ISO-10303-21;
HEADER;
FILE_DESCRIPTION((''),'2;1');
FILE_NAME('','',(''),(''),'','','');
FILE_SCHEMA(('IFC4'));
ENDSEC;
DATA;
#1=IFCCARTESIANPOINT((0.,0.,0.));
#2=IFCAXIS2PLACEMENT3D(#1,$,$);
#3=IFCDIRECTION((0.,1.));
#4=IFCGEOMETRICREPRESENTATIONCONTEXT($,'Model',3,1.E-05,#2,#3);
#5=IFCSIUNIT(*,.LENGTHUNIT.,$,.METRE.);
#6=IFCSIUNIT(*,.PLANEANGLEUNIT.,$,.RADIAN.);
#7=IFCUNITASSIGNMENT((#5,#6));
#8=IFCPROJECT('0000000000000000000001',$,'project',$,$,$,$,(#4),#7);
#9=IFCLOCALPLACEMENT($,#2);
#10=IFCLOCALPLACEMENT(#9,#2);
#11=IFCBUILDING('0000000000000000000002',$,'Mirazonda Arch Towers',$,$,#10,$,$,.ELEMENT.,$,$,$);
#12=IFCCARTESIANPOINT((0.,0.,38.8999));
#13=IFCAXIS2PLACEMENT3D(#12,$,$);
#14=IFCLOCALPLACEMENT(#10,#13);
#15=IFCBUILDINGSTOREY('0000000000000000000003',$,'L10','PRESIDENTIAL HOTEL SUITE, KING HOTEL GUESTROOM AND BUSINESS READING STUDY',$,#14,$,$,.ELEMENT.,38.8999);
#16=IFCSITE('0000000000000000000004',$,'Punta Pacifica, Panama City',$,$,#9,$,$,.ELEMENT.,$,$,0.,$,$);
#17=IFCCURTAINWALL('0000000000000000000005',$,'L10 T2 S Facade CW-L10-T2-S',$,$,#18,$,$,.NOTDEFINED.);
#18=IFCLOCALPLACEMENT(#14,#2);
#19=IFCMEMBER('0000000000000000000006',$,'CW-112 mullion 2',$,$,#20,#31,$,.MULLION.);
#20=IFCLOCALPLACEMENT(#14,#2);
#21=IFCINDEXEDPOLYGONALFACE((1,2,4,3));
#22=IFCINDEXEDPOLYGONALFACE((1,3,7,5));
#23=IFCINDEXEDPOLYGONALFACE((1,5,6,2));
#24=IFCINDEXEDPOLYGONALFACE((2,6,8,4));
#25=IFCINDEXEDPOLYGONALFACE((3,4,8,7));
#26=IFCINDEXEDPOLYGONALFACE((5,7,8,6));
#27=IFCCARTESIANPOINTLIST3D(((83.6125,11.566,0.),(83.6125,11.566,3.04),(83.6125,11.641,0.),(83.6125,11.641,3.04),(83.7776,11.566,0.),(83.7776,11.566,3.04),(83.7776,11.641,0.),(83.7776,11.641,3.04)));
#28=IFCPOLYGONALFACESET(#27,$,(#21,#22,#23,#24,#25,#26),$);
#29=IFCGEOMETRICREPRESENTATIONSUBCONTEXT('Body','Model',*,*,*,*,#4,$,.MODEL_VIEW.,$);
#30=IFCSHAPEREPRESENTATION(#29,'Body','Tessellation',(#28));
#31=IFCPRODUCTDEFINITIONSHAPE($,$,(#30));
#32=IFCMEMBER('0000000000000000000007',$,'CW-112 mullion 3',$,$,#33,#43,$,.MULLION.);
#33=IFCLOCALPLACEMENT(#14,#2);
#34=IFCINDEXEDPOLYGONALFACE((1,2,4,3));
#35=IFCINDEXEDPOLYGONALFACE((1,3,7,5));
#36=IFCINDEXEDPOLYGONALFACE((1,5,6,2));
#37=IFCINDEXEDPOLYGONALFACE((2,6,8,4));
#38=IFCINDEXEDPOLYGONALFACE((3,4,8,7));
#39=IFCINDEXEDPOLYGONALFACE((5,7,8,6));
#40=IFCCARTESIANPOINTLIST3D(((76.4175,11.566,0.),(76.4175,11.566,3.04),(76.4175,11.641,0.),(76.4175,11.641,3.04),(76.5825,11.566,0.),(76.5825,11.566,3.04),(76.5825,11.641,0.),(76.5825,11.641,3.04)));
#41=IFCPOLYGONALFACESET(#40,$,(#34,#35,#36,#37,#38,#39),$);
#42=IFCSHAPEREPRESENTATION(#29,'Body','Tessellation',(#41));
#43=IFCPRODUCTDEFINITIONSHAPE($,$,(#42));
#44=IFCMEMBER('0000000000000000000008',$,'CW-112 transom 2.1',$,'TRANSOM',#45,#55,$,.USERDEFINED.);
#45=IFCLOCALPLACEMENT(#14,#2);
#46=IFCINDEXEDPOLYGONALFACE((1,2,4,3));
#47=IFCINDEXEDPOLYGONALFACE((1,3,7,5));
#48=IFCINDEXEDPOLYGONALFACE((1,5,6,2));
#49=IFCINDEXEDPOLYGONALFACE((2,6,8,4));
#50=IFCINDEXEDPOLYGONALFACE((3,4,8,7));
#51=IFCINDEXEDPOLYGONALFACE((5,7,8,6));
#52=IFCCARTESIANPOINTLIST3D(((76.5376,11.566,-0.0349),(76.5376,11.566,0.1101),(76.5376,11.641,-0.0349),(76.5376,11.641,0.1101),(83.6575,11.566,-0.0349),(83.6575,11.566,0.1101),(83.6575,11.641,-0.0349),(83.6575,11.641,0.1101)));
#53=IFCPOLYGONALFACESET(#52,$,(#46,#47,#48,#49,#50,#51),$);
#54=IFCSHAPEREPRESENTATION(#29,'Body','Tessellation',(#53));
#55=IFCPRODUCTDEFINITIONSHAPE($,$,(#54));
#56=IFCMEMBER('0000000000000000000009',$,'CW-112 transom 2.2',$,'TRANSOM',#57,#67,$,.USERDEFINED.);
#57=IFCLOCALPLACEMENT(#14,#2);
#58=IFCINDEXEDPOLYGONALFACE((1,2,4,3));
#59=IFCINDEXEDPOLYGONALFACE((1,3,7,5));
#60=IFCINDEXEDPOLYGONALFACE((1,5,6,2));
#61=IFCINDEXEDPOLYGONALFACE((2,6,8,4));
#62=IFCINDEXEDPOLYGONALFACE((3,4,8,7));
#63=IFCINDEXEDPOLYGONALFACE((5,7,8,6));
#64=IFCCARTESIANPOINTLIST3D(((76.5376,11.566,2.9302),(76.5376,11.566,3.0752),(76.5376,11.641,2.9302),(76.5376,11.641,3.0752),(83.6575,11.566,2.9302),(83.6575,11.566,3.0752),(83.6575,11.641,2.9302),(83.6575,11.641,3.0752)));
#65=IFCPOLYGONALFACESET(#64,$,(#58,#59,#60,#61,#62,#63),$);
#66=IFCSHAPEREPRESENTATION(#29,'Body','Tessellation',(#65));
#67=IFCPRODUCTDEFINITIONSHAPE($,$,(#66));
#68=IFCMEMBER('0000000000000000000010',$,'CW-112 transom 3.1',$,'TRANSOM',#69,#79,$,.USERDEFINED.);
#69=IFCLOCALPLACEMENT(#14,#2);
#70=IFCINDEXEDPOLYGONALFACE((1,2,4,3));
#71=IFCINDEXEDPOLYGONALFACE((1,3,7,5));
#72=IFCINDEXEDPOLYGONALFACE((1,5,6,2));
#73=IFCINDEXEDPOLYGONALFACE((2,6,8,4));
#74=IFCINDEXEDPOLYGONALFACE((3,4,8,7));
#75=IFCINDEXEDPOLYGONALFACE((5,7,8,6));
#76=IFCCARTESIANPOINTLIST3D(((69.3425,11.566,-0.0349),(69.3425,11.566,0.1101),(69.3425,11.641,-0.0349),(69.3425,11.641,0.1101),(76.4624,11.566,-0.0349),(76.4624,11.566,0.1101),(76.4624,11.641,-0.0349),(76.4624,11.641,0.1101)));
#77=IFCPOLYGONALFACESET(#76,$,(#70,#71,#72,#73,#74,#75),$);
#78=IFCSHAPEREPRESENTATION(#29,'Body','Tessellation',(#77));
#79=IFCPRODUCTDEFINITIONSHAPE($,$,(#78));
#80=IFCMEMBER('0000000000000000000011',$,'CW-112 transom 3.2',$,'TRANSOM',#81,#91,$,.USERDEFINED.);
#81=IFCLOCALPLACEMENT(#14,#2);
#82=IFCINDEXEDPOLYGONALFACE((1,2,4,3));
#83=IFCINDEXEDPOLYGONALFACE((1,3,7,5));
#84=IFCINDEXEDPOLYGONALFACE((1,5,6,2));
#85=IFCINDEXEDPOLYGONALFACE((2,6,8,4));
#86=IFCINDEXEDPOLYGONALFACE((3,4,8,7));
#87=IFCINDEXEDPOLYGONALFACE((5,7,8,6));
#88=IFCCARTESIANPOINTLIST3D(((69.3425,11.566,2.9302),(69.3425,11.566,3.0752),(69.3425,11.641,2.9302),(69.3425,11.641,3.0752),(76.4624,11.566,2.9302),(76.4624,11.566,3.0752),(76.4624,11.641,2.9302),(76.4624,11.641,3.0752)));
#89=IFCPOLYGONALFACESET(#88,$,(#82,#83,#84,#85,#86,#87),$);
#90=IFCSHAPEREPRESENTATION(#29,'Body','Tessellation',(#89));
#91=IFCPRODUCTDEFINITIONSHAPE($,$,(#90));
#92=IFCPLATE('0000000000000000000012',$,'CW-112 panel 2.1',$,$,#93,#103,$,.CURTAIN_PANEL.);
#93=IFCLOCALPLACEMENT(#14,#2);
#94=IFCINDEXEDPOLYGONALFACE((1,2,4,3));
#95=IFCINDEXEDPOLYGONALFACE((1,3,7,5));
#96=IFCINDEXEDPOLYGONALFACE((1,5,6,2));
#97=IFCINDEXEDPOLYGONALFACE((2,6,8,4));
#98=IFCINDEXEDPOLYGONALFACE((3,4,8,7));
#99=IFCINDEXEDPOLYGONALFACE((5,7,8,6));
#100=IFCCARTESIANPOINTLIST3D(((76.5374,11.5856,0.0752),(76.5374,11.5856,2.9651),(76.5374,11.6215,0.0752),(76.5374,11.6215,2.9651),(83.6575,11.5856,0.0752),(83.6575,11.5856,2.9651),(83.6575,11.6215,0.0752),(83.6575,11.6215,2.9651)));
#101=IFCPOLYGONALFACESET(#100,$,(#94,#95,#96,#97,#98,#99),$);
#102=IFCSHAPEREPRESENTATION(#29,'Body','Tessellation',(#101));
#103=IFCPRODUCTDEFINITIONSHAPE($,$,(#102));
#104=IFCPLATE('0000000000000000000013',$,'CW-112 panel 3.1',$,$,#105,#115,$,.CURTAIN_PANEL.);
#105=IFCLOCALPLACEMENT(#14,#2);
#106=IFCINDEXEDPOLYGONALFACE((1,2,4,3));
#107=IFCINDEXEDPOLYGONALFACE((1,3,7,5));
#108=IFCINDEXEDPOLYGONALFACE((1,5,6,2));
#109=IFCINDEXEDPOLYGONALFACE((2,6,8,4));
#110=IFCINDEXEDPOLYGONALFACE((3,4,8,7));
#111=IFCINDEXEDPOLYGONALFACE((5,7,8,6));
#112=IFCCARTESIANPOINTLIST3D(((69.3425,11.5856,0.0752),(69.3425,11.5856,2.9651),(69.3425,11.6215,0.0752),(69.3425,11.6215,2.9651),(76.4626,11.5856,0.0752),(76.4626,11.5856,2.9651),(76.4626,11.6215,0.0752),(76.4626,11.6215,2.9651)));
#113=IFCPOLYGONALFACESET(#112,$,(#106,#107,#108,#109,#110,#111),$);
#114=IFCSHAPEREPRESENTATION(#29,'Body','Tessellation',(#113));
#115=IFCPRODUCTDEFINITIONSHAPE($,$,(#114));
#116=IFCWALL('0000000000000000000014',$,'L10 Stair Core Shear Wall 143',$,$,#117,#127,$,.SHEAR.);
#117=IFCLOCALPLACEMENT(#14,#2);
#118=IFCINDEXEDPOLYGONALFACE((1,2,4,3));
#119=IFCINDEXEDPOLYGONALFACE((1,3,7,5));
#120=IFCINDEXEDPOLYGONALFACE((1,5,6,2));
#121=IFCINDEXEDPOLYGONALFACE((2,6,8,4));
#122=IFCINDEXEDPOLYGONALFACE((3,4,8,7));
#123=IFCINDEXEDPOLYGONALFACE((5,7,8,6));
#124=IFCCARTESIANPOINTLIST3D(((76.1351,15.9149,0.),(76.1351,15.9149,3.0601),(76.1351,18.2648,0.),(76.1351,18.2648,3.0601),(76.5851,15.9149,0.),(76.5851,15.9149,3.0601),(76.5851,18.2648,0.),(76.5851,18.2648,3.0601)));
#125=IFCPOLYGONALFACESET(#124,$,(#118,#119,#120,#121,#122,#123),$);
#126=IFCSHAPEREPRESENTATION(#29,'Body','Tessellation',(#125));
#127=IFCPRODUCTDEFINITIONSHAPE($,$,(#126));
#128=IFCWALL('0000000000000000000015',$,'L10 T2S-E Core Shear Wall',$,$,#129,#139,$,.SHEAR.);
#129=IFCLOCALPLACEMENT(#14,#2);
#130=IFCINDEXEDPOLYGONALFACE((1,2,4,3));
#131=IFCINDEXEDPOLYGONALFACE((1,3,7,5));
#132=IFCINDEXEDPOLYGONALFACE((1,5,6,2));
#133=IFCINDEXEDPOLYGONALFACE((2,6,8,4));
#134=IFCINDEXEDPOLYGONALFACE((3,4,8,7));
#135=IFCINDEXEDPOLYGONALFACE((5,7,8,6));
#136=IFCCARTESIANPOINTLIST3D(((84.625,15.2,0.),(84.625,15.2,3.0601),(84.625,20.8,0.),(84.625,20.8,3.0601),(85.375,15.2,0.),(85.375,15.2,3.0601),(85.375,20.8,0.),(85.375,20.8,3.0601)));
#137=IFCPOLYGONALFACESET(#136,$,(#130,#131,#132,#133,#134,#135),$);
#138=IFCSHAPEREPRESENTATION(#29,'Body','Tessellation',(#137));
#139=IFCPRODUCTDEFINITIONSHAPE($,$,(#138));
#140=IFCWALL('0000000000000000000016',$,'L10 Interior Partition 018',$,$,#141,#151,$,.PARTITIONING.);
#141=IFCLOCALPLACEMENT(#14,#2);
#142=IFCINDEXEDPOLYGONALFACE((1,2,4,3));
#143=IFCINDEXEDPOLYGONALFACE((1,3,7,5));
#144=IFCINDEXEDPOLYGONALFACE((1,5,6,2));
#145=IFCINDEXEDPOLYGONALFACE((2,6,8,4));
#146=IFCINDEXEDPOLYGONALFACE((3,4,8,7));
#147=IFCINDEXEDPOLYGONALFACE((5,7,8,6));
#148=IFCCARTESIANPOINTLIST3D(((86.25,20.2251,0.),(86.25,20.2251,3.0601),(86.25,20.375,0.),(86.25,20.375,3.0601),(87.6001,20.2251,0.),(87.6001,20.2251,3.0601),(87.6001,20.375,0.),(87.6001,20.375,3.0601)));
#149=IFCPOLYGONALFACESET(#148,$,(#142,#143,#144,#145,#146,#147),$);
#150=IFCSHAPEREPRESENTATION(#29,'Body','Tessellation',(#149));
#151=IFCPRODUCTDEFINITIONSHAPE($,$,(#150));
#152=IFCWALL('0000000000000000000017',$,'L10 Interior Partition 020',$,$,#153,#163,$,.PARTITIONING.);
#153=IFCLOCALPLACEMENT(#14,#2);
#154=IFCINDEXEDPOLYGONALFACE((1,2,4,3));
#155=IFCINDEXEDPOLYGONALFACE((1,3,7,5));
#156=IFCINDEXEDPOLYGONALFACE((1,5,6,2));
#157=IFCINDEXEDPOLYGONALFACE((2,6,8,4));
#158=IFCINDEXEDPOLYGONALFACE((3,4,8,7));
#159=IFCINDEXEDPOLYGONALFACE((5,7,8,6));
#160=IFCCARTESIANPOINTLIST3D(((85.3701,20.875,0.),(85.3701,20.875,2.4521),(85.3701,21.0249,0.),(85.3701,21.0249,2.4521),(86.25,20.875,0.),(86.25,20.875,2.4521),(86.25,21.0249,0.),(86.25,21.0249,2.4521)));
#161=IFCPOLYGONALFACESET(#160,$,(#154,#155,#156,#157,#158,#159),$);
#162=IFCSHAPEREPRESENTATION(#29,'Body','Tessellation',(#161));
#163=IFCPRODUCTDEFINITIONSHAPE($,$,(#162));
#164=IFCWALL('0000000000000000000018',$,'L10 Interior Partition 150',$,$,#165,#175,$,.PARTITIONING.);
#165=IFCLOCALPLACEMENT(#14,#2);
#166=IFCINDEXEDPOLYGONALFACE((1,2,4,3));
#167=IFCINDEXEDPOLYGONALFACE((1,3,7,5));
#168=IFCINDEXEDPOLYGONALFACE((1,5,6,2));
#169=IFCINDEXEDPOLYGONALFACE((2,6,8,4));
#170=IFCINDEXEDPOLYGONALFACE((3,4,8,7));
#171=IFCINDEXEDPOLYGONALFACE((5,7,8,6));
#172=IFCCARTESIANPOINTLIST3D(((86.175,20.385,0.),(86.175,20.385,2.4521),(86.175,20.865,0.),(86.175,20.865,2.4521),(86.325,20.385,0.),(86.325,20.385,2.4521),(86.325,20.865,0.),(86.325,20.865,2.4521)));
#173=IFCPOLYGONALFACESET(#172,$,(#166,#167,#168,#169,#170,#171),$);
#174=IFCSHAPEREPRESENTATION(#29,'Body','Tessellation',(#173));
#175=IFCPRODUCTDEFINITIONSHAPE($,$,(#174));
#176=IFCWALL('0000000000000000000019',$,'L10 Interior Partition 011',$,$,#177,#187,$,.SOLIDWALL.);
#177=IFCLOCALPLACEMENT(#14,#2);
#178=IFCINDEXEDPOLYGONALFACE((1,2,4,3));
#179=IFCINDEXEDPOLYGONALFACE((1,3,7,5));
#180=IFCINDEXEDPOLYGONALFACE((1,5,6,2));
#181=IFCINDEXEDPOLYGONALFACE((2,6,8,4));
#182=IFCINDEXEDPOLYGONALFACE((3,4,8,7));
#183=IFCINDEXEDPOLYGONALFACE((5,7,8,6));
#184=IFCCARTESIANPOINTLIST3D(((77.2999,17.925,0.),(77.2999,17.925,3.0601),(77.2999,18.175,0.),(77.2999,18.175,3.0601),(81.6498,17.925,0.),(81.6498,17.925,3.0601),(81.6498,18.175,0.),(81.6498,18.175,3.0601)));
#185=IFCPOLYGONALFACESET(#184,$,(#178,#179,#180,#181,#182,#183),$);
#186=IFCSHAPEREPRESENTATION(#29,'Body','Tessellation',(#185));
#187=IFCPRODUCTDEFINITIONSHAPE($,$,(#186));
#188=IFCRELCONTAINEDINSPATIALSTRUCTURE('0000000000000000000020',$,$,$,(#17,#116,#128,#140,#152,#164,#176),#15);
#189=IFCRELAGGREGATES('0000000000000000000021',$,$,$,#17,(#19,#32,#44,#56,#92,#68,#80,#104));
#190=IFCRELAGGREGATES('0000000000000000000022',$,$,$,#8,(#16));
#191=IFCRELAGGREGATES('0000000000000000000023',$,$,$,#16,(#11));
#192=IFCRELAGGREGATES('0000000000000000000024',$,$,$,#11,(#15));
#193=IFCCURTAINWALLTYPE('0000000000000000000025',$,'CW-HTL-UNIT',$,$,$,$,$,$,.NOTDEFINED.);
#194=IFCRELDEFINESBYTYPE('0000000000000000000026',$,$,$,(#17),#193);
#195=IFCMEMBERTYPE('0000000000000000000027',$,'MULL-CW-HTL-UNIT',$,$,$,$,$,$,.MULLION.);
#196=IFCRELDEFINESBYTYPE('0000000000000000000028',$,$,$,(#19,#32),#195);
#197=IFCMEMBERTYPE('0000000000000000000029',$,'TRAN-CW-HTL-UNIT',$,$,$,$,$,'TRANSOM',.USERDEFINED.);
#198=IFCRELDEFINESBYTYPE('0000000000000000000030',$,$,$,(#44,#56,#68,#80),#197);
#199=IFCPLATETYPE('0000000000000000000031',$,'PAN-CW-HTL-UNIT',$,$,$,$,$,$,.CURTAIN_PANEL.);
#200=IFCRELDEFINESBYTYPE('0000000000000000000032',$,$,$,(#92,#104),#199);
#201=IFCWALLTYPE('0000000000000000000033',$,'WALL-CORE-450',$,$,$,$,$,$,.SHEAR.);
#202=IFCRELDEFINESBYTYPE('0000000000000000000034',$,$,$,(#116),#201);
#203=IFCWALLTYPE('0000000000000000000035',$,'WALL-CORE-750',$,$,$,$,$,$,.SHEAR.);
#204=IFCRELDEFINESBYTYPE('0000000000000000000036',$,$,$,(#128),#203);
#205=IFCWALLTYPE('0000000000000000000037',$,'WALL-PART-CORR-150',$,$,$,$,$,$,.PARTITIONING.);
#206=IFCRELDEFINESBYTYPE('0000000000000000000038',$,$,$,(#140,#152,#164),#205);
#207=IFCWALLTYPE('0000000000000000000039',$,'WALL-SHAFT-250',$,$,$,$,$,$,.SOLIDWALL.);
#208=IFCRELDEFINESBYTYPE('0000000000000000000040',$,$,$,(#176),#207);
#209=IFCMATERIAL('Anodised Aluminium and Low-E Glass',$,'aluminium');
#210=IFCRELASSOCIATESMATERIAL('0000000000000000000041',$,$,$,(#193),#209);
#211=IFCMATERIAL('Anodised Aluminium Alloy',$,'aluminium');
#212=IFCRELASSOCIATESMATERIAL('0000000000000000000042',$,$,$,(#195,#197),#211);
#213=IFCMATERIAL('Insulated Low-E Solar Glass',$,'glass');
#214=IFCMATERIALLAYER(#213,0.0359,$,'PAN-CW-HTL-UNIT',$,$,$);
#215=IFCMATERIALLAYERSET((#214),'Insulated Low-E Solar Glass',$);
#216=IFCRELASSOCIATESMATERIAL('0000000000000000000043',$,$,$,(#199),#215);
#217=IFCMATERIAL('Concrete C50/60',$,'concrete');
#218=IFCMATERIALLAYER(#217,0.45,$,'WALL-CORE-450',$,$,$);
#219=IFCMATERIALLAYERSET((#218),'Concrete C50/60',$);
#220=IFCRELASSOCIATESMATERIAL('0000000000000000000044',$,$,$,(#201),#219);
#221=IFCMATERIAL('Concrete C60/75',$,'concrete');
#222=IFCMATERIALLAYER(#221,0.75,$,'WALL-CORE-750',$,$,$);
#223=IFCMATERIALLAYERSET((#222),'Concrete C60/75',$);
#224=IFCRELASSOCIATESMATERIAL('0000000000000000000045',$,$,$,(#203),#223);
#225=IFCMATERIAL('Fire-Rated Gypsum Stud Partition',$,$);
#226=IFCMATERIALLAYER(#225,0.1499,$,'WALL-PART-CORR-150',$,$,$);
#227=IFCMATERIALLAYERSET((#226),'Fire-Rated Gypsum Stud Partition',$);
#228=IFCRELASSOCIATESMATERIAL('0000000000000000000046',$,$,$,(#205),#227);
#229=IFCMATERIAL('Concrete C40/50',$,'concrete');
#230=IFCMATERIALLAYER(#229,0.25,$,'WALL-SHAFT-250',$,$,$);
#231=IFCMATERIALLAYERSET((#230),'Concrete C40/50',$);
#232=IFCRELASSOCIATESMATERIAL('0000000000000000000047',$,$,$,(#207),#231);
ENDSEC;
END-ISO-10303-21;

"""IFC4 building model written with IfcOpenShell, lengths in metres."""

from ifc_helpers import new_model, si_unit, direction, frame, frame_2d, origin, origin_2d, place, context, subcontext, project, spatial, rectangle, extrude, material, layer, layer_set, material_profile, profile_set, type_object, element, aggregate, save


model = new_model("IFC4")

# Units and contexts
model_context = context("Model", 3, precision=1e-05, world=origin(), true_north=direction((0.0, 1.0)))
body_context = subcontext(model_context, "Body", "Model", "MODEL_VIEW")
ifc_project = project(units=[si_unit("LENGTHUNIT", "METRE"), si_unit("PLANEANGLEUNIT", "RADIAN")], contexts=[model_context])

# Site, building, storey
site_placement = place(None, origin())
site = spatial("IfcSite", under=ifc_project, at=site_placement, Name="Punta Pacifica, Panama City", CompositionType="ELEMENT", RefElevation=0.0)
building_placement = place(site_placement, origin())
building = spatial("IfcBuilding", under=site, at=building_placement, Name="Mirazonda Arch Towers", CompositionType="ELEMENT")
storey_placement = place(building_placement, frame((0.0, 0.0, 38.8999)))
storey = spatial("IfcBuildingStorey", under=building, at=storey_placement, Name="L10", Description="PRESIDENTIAL HOTEL SUITE, KING HOTEL GUESTROOM AND BUSINESS READING STUDY", CompositionType="ELEMENT", Elevation=38.8999)

# Shared definitions
ifc_material_1 = material(Name="Concrete C60/75", Category="concrete")

# Curtain wall, members, plates
ifc_material_2 = material(Name="Anodised Aluminium and Low-E Glass", Category="aluminium")
curtain_wall_type = type_object("IfcCurtainWallType", Name="CW-HTL-UNIT", PredefinedType="NOTDEFINED", material=ifc_material_2)
curtain_wall_placement = place(storey_placement, origin())
curtain_wall = element("IfcCurtainWall", 1, at=curtain_wall_placement, inside=storey, type_object=curtain_wall_type, Name="L10 T2 S Facade CW-L10-T2-S", PredefinedType="NOTDEFINED")
ifc_material_3 = material(Name="Anodised Aluminium Alloy", Category="aluminium")
ifc_material_profile_1 = material_profile(ifc_material_3, rectangle(XDim=0.075, YDim=0.165, at=origin_2d()), Name="ALU-MULL-75x165")
ifc_profile_set_1 = profile_set([ifc_material_profile_1], Name="Anodised Aluminium Alloy")
member_type_1 = type_object("IfcMemberType", Name="MULL-CW-HTL-UNIT", PredefinedType="MULLION", material=ifc_profile_set_1)
member_1_placement = place(storey_placement, frame((83.6951, 11.6035, 0.0), z_axis=(0.0, 0.0, 1.0), x_axis=(0.0, -1.0, 0.0)))
member_1 = element("IfcMember", 2, at=member_1_placement, type_object=member_type_1, Name="CW-112 mullion 2", PredefinedType="MULLION", context=body_context, shape_type="SweptSolid", body=[
    extrude(rectangle(XDim=0.075, YDim=0.165, at=origin_2d()), origin(), (0.0, 0.0, 1.0), 3.04),
])
member_2_placement = place(storey_placement, frame((76.5, 11.6035, 0.0), z_axis=(0.0, 0.0, 1.0), x_axis=(0.0, -1.0, 0.0)))
member_2 = element("IfcMember", 3, at=member_2_placement, type_object=member_type_1, Name="CW-112 mullion 3", PredefinedType="MULLION", context=body_context, shape_type="SweptSolid", body=[
    extrude(rectangle(XDim=0.075, YDim=0.165, at=origin_2d()), origin(), (0.0, 0.0, 1.0), 3.04),
])
ifc_material_profile_2 = material_profile(ifc_material_3, rectangle(XDim=0.075, YDim=0.145, at=origin_2d()), Name="ALU-TRAN-75x145")
ifc_profile_set_2 = profile_set([ifc_material_profile_2], Name="Anodised Aluminium Alloy")
member_type_2 = type_object("IfcMemberType", Name="TRAN-CW-HTL-UNIT", ElementType="TRANSOM", PredefinedType="USERDEFINED", material=ifc_profile_set_2)
member_3_placement = place(storey_placement, frame((83.6575, 11.6035, 0.0376), z_axis=(-1.0, 0.0, 0.0), x_axis=(0.0, -1.0, 0.0)))
member_3 = element("IfcMember", 4, at=member_3_placement, type_object=member_type_2, Name="CW-112 transom 2.1", ObjectType="TRANSOM", PredefinedType="USERDEFINED", context=body_context, shape_type="SweptSolid", body=[
    extrude(rectangle(XDim=0.075, YDim=0.145, at=origin_2d()), origin(), (0.0, 0.0, 1.0), 7.1199),
])
member_4_placement = place(storey_placement, frame((83.6575, 11.6035, 3.0027), z_axis=(-1.0, 0.0, 0.0), x_axis=(0.0, -1.0, 0.0)))
member_4 = element("IfcMember", 5, at=member_4_placement, type_object=member_type_2, Name="CW-112 transom 2.2", ObjectType="TRANSOM", PredefinedType="USERDEFINED", context=body_context, shape_type="SweptSolid", body=[
    extrude(rectangle(XDim=0.075, YDim=0.145, at=origin_2d()), origin(), (0.0, 0.0, 1.0), 7.1199),
])
member_5_placement = place(storey_placement, frame((76.4624, 11.6035, 0.0376), z_axis=(-1.0, 0.0, 0.0), x_axis=(0.0, -1.0, 0.0)))
member_5 = element("IfcMember", 6, at=member_5_placement, type_object=member_type_2, Name="CW-112 transom 3.1", ObjectType="TRANSOM", PredefinedType="USERDEFINED", context=body_context, shape_type="SweptSolid", body=[
    extrude(rectangle(XDim=0.075, YDim=0.145, at=origin_2d()), origin(), (0.0, 0.0, 1.0), 7.1199),
])
member_6_placement = place(storey_placement, frame((76.4624, 11.6035, 3.0027), z_axis=(-1.0, 0.0, 0.0), x_axis=(0.0, -1.0, 0.0)))
member_6 = element("IfcMember", 7, at=member_6_placement, type_object=member_type_2, Name="CW-112 transom 3.2", ObjectType="TRANSOM", PredefinedType="USERDEFINED", context=body_context, shape_type="SweptSolid", body=[
    extrude(rectangle(XDim=0.075, YDim=0.145, at=origin_2d()), origin(), (0.0, 0.0, 1.0), 7.1199),
])
ifc_material_4 = material(Name="Insulated Low-E Solar Glass", Category="glass")
ifc_layer_1 = layer(ifc_material_4, 0.0359, Name="PAN-CW-HTL-UNIT")
ifc_layer_set_1 = layer_set([ifc_layer_1], Name="Insulated Low-E Solar Glass")
plate_type = type_object("IfcPlateType", Name="PAN-CW-HTL-UNIT", PredefinedType="CURTAIN_PANEL", material=ifc_layer_set_1)
plate_1_placement = place(storey_placement, frame((80.0974, 11.6035, 0.0752), z_axis=(0.0, 0.0, 1.0), x_axis=(-1.0, 0.0, 0.0)))
plate_1 = element("IfcPlate", 8, at=plate_1_placement, type_object=plate_type, Name="CW-112 panel 2.1", PredefinedType="CURTAIN_PANEL", context=body_context, shape_type="SweptSolid", body=[
    extrude(rectangle(XDim=7.1201, YDim=0.0359, at=origin_2d()), origin(), (0.0, 0.0, 1.0), 2.8899),
])
plate_2_placement = place(storey_placement, frame((72.9026, 11.6035, 0.0752), z_axis=(0.0, 0.0, 1.0), x_axis=(-1.0, 0.0, 0.0)))
plate_2 = element("IfcPlate", 9, at=plate_2_placement, type_object=plate_type, Name="CW-112 panel 3.1", PredefinedType="CURTAIN_PANEL", context=body_context, shape_type="SweptSolid", body=[
    extrude(rectangle(XDim=7.1201, YDim=0.0359, at=origin_2d()), origin(), (0.0, 0.0, 1.0), 2.8899),
])
aggregate(curtain_wall, [member_1, member_2, member_3, member_4, plate_1, member_5, member_6, plate_2])

# Walls
ifc_material_5 = material(Name="Concrete C50/60", Category="concrete")
ifc_layer_2 = layer(ifc_material_5, 0.45, Name="WALL-CORE-450")
ifc_layer_set_2 = layer_set([ifc_layer_2], Name="Concrete C50/60")
wall_type_1 = type_object("IfcWallType", Name="WALL-CORE-450", PredefinedType="SHEAR", material=ifc_layer_set_2)
wall_1_placement = place(storey_placement, frame((76.3601, 15.915, 0.0), z_axis=(0.0, 0.0, 1.0), x_axis=(0.0, 1.0, 0.0)))
element("IfcWall", 10, at=wall_1_placement, inside=storey, type_object=wall_type_1, Name="L10 Stair Core Shear Wall 143", PredefinedType="SHEAR", context=body_context, shape_type="SweptSolid", body=[
    extrude(rectangle(XDim=2.3499, YDim=0.45, at=frame_2d((1.1748, 0.0))), origin(), (0.0, 0.0, 1.0), 3.0601),
])
ifc_layer_3 = layer(ifc_material_1, 0.75, Name="WALL-CORE-750")
ifc_layer_set_3 = layer_set([ifc_layer_3], Name="Concrete C60/75")
wall_type_2 = type_object("IfcWallType", Name="WALL-CORE-750", PredefinedType="SHEAR", material=ifc_layer_set_3)
wall_2_placement = place(storey_placement, frame((85.0, 15.2, 0.0), z_axis=(0.0, 0.0, 1.0), x_axis=(0.0, 1.0, 0.0)))
element("IfcWall", 11, at=wall_2_placement, inside=storey, type_object=wall_type_2, Name="L10 T2S-E Core Shear Wall", PredefinedType="SHEAR", context=body_context, shape_type="SweptSolid", body=[
    extrude(rectangle(XDim=5.6001, YDim=0.75, at=frame_2d((2.8, 0.0))), origin(), (0.0, 0.0, 1.0), 3.0601),
])
ifc_material_6 = material(Name="Fire-Rated Gypsum Stud Partition")
ifc_layer_4 = layer(ifc_material_6, 0.1499, Name="WALL-PART-CORR-150")
ifc_layer_set_4 = layer_set([ifc_layer_4], Name="Fire-Rated Gypsum Stud Partition")
wall_type_3 = type_object("IfcWallType", Name="WALL-PART-CORR-150", PredefinedType="PARTITIONING", material=ifc_layer_set_4)
wall_3_placement = place(storey_placement, frame((86.25, 20.3, 0.0), z_axis=(0.0, 0.0, 1.0), x_axis=(1.0, 0.0, 0.0)))
element("IfcWall", 12, at=wall_3_placement, inside=storey, type_object=wall_type_3, Name="L10 Interior Partition 018", PredefinedType="PARTITIONING", context=body_context, shape_type="SweptSolid", body=[
    extrude(rectangle(XDim=1.3501, YDim=0.1499, at=frame_2d((0.675, 0.0))), origin(), (0.0, 0.0, 1.0), 3.0601),
])
wall_4_placement = place(storey_placement, frame((85.3701, 20.95, 0.0), z_axis=(0.0, 0.0, 1.0), x_axis=(1.0, 0.0, 0.0)))
element("IfcWall", 13, at=wall_4_placement, inside=storey, type_object=wall_type_3, Name="L10 Interior Partition 020", PredefinedType="PARTITIONING", context=body_context, shape_type="SweptSolid", body=[
    extrude(rectangle(XDim=0.8799, YDim=0.1499, at=frame_2d((0.4399, 0.0))), origin(), (0.0, 0.0, 1.0), 2.4521),
])
wall_5_placement = place(storey_placement, frame((86.25, 20.385, 0.0), z_axis=(0.0, 0.0, 1.0), x_axis=(0.0, 1.0, 0.0)))
element("IfcWall", 14, at=wall_5_placement, inside=storey, type_object=wall_type_3, Name="L10 Interior Partition 150", PredefinedType="PARTITIONING", context=body_context, shape_type="SweptSolid", body=[
    extrude(rectangle(XDim=0.48, YDim=0.1499, at=frame_2d((0.24, 0.0))), origin(), (0.0, 0.0, 1.0), 2.4521),
])
ifc_material_7 = material(Name="Concrete C40/50", Category="concrete")
ifc_layer_5 = layer(ifc_material_7, 0.25, Name="WALL-SHAFT-250")
ifc_layer_set_5 = layer_set([ifc_layer_5], Name="Concrete C40/50")
wall_type_4 = type_object("IfcWallType", Name="WALL-SHAFT-250", PredefinedType="SOLIDWALL", material=ifc_layer_set_5)
wall_6_placement = place(storey_placement, frame((77.3, 18.05, 0.0), z_axis=(0.0, 0.0, 1.0), x_axis=(1.0, 0.0, 0.0)))
element("IfcWall", 15, at=wall_6_placement, inside=storey, type_object=wall_type_4, Name="L10 Interior Partition 011", PredefinedType="SOLIDWALL", context=body_context, shape_type="SweptSolid", body=[
    extrude(rectangle(XDim=4.3499, YDim=0.25, at=frame_2d((2.1748, 0.0))), origin(), (0.0, 0.0, 1.0), 3.0601),
])

save(model, "model.ifc")
